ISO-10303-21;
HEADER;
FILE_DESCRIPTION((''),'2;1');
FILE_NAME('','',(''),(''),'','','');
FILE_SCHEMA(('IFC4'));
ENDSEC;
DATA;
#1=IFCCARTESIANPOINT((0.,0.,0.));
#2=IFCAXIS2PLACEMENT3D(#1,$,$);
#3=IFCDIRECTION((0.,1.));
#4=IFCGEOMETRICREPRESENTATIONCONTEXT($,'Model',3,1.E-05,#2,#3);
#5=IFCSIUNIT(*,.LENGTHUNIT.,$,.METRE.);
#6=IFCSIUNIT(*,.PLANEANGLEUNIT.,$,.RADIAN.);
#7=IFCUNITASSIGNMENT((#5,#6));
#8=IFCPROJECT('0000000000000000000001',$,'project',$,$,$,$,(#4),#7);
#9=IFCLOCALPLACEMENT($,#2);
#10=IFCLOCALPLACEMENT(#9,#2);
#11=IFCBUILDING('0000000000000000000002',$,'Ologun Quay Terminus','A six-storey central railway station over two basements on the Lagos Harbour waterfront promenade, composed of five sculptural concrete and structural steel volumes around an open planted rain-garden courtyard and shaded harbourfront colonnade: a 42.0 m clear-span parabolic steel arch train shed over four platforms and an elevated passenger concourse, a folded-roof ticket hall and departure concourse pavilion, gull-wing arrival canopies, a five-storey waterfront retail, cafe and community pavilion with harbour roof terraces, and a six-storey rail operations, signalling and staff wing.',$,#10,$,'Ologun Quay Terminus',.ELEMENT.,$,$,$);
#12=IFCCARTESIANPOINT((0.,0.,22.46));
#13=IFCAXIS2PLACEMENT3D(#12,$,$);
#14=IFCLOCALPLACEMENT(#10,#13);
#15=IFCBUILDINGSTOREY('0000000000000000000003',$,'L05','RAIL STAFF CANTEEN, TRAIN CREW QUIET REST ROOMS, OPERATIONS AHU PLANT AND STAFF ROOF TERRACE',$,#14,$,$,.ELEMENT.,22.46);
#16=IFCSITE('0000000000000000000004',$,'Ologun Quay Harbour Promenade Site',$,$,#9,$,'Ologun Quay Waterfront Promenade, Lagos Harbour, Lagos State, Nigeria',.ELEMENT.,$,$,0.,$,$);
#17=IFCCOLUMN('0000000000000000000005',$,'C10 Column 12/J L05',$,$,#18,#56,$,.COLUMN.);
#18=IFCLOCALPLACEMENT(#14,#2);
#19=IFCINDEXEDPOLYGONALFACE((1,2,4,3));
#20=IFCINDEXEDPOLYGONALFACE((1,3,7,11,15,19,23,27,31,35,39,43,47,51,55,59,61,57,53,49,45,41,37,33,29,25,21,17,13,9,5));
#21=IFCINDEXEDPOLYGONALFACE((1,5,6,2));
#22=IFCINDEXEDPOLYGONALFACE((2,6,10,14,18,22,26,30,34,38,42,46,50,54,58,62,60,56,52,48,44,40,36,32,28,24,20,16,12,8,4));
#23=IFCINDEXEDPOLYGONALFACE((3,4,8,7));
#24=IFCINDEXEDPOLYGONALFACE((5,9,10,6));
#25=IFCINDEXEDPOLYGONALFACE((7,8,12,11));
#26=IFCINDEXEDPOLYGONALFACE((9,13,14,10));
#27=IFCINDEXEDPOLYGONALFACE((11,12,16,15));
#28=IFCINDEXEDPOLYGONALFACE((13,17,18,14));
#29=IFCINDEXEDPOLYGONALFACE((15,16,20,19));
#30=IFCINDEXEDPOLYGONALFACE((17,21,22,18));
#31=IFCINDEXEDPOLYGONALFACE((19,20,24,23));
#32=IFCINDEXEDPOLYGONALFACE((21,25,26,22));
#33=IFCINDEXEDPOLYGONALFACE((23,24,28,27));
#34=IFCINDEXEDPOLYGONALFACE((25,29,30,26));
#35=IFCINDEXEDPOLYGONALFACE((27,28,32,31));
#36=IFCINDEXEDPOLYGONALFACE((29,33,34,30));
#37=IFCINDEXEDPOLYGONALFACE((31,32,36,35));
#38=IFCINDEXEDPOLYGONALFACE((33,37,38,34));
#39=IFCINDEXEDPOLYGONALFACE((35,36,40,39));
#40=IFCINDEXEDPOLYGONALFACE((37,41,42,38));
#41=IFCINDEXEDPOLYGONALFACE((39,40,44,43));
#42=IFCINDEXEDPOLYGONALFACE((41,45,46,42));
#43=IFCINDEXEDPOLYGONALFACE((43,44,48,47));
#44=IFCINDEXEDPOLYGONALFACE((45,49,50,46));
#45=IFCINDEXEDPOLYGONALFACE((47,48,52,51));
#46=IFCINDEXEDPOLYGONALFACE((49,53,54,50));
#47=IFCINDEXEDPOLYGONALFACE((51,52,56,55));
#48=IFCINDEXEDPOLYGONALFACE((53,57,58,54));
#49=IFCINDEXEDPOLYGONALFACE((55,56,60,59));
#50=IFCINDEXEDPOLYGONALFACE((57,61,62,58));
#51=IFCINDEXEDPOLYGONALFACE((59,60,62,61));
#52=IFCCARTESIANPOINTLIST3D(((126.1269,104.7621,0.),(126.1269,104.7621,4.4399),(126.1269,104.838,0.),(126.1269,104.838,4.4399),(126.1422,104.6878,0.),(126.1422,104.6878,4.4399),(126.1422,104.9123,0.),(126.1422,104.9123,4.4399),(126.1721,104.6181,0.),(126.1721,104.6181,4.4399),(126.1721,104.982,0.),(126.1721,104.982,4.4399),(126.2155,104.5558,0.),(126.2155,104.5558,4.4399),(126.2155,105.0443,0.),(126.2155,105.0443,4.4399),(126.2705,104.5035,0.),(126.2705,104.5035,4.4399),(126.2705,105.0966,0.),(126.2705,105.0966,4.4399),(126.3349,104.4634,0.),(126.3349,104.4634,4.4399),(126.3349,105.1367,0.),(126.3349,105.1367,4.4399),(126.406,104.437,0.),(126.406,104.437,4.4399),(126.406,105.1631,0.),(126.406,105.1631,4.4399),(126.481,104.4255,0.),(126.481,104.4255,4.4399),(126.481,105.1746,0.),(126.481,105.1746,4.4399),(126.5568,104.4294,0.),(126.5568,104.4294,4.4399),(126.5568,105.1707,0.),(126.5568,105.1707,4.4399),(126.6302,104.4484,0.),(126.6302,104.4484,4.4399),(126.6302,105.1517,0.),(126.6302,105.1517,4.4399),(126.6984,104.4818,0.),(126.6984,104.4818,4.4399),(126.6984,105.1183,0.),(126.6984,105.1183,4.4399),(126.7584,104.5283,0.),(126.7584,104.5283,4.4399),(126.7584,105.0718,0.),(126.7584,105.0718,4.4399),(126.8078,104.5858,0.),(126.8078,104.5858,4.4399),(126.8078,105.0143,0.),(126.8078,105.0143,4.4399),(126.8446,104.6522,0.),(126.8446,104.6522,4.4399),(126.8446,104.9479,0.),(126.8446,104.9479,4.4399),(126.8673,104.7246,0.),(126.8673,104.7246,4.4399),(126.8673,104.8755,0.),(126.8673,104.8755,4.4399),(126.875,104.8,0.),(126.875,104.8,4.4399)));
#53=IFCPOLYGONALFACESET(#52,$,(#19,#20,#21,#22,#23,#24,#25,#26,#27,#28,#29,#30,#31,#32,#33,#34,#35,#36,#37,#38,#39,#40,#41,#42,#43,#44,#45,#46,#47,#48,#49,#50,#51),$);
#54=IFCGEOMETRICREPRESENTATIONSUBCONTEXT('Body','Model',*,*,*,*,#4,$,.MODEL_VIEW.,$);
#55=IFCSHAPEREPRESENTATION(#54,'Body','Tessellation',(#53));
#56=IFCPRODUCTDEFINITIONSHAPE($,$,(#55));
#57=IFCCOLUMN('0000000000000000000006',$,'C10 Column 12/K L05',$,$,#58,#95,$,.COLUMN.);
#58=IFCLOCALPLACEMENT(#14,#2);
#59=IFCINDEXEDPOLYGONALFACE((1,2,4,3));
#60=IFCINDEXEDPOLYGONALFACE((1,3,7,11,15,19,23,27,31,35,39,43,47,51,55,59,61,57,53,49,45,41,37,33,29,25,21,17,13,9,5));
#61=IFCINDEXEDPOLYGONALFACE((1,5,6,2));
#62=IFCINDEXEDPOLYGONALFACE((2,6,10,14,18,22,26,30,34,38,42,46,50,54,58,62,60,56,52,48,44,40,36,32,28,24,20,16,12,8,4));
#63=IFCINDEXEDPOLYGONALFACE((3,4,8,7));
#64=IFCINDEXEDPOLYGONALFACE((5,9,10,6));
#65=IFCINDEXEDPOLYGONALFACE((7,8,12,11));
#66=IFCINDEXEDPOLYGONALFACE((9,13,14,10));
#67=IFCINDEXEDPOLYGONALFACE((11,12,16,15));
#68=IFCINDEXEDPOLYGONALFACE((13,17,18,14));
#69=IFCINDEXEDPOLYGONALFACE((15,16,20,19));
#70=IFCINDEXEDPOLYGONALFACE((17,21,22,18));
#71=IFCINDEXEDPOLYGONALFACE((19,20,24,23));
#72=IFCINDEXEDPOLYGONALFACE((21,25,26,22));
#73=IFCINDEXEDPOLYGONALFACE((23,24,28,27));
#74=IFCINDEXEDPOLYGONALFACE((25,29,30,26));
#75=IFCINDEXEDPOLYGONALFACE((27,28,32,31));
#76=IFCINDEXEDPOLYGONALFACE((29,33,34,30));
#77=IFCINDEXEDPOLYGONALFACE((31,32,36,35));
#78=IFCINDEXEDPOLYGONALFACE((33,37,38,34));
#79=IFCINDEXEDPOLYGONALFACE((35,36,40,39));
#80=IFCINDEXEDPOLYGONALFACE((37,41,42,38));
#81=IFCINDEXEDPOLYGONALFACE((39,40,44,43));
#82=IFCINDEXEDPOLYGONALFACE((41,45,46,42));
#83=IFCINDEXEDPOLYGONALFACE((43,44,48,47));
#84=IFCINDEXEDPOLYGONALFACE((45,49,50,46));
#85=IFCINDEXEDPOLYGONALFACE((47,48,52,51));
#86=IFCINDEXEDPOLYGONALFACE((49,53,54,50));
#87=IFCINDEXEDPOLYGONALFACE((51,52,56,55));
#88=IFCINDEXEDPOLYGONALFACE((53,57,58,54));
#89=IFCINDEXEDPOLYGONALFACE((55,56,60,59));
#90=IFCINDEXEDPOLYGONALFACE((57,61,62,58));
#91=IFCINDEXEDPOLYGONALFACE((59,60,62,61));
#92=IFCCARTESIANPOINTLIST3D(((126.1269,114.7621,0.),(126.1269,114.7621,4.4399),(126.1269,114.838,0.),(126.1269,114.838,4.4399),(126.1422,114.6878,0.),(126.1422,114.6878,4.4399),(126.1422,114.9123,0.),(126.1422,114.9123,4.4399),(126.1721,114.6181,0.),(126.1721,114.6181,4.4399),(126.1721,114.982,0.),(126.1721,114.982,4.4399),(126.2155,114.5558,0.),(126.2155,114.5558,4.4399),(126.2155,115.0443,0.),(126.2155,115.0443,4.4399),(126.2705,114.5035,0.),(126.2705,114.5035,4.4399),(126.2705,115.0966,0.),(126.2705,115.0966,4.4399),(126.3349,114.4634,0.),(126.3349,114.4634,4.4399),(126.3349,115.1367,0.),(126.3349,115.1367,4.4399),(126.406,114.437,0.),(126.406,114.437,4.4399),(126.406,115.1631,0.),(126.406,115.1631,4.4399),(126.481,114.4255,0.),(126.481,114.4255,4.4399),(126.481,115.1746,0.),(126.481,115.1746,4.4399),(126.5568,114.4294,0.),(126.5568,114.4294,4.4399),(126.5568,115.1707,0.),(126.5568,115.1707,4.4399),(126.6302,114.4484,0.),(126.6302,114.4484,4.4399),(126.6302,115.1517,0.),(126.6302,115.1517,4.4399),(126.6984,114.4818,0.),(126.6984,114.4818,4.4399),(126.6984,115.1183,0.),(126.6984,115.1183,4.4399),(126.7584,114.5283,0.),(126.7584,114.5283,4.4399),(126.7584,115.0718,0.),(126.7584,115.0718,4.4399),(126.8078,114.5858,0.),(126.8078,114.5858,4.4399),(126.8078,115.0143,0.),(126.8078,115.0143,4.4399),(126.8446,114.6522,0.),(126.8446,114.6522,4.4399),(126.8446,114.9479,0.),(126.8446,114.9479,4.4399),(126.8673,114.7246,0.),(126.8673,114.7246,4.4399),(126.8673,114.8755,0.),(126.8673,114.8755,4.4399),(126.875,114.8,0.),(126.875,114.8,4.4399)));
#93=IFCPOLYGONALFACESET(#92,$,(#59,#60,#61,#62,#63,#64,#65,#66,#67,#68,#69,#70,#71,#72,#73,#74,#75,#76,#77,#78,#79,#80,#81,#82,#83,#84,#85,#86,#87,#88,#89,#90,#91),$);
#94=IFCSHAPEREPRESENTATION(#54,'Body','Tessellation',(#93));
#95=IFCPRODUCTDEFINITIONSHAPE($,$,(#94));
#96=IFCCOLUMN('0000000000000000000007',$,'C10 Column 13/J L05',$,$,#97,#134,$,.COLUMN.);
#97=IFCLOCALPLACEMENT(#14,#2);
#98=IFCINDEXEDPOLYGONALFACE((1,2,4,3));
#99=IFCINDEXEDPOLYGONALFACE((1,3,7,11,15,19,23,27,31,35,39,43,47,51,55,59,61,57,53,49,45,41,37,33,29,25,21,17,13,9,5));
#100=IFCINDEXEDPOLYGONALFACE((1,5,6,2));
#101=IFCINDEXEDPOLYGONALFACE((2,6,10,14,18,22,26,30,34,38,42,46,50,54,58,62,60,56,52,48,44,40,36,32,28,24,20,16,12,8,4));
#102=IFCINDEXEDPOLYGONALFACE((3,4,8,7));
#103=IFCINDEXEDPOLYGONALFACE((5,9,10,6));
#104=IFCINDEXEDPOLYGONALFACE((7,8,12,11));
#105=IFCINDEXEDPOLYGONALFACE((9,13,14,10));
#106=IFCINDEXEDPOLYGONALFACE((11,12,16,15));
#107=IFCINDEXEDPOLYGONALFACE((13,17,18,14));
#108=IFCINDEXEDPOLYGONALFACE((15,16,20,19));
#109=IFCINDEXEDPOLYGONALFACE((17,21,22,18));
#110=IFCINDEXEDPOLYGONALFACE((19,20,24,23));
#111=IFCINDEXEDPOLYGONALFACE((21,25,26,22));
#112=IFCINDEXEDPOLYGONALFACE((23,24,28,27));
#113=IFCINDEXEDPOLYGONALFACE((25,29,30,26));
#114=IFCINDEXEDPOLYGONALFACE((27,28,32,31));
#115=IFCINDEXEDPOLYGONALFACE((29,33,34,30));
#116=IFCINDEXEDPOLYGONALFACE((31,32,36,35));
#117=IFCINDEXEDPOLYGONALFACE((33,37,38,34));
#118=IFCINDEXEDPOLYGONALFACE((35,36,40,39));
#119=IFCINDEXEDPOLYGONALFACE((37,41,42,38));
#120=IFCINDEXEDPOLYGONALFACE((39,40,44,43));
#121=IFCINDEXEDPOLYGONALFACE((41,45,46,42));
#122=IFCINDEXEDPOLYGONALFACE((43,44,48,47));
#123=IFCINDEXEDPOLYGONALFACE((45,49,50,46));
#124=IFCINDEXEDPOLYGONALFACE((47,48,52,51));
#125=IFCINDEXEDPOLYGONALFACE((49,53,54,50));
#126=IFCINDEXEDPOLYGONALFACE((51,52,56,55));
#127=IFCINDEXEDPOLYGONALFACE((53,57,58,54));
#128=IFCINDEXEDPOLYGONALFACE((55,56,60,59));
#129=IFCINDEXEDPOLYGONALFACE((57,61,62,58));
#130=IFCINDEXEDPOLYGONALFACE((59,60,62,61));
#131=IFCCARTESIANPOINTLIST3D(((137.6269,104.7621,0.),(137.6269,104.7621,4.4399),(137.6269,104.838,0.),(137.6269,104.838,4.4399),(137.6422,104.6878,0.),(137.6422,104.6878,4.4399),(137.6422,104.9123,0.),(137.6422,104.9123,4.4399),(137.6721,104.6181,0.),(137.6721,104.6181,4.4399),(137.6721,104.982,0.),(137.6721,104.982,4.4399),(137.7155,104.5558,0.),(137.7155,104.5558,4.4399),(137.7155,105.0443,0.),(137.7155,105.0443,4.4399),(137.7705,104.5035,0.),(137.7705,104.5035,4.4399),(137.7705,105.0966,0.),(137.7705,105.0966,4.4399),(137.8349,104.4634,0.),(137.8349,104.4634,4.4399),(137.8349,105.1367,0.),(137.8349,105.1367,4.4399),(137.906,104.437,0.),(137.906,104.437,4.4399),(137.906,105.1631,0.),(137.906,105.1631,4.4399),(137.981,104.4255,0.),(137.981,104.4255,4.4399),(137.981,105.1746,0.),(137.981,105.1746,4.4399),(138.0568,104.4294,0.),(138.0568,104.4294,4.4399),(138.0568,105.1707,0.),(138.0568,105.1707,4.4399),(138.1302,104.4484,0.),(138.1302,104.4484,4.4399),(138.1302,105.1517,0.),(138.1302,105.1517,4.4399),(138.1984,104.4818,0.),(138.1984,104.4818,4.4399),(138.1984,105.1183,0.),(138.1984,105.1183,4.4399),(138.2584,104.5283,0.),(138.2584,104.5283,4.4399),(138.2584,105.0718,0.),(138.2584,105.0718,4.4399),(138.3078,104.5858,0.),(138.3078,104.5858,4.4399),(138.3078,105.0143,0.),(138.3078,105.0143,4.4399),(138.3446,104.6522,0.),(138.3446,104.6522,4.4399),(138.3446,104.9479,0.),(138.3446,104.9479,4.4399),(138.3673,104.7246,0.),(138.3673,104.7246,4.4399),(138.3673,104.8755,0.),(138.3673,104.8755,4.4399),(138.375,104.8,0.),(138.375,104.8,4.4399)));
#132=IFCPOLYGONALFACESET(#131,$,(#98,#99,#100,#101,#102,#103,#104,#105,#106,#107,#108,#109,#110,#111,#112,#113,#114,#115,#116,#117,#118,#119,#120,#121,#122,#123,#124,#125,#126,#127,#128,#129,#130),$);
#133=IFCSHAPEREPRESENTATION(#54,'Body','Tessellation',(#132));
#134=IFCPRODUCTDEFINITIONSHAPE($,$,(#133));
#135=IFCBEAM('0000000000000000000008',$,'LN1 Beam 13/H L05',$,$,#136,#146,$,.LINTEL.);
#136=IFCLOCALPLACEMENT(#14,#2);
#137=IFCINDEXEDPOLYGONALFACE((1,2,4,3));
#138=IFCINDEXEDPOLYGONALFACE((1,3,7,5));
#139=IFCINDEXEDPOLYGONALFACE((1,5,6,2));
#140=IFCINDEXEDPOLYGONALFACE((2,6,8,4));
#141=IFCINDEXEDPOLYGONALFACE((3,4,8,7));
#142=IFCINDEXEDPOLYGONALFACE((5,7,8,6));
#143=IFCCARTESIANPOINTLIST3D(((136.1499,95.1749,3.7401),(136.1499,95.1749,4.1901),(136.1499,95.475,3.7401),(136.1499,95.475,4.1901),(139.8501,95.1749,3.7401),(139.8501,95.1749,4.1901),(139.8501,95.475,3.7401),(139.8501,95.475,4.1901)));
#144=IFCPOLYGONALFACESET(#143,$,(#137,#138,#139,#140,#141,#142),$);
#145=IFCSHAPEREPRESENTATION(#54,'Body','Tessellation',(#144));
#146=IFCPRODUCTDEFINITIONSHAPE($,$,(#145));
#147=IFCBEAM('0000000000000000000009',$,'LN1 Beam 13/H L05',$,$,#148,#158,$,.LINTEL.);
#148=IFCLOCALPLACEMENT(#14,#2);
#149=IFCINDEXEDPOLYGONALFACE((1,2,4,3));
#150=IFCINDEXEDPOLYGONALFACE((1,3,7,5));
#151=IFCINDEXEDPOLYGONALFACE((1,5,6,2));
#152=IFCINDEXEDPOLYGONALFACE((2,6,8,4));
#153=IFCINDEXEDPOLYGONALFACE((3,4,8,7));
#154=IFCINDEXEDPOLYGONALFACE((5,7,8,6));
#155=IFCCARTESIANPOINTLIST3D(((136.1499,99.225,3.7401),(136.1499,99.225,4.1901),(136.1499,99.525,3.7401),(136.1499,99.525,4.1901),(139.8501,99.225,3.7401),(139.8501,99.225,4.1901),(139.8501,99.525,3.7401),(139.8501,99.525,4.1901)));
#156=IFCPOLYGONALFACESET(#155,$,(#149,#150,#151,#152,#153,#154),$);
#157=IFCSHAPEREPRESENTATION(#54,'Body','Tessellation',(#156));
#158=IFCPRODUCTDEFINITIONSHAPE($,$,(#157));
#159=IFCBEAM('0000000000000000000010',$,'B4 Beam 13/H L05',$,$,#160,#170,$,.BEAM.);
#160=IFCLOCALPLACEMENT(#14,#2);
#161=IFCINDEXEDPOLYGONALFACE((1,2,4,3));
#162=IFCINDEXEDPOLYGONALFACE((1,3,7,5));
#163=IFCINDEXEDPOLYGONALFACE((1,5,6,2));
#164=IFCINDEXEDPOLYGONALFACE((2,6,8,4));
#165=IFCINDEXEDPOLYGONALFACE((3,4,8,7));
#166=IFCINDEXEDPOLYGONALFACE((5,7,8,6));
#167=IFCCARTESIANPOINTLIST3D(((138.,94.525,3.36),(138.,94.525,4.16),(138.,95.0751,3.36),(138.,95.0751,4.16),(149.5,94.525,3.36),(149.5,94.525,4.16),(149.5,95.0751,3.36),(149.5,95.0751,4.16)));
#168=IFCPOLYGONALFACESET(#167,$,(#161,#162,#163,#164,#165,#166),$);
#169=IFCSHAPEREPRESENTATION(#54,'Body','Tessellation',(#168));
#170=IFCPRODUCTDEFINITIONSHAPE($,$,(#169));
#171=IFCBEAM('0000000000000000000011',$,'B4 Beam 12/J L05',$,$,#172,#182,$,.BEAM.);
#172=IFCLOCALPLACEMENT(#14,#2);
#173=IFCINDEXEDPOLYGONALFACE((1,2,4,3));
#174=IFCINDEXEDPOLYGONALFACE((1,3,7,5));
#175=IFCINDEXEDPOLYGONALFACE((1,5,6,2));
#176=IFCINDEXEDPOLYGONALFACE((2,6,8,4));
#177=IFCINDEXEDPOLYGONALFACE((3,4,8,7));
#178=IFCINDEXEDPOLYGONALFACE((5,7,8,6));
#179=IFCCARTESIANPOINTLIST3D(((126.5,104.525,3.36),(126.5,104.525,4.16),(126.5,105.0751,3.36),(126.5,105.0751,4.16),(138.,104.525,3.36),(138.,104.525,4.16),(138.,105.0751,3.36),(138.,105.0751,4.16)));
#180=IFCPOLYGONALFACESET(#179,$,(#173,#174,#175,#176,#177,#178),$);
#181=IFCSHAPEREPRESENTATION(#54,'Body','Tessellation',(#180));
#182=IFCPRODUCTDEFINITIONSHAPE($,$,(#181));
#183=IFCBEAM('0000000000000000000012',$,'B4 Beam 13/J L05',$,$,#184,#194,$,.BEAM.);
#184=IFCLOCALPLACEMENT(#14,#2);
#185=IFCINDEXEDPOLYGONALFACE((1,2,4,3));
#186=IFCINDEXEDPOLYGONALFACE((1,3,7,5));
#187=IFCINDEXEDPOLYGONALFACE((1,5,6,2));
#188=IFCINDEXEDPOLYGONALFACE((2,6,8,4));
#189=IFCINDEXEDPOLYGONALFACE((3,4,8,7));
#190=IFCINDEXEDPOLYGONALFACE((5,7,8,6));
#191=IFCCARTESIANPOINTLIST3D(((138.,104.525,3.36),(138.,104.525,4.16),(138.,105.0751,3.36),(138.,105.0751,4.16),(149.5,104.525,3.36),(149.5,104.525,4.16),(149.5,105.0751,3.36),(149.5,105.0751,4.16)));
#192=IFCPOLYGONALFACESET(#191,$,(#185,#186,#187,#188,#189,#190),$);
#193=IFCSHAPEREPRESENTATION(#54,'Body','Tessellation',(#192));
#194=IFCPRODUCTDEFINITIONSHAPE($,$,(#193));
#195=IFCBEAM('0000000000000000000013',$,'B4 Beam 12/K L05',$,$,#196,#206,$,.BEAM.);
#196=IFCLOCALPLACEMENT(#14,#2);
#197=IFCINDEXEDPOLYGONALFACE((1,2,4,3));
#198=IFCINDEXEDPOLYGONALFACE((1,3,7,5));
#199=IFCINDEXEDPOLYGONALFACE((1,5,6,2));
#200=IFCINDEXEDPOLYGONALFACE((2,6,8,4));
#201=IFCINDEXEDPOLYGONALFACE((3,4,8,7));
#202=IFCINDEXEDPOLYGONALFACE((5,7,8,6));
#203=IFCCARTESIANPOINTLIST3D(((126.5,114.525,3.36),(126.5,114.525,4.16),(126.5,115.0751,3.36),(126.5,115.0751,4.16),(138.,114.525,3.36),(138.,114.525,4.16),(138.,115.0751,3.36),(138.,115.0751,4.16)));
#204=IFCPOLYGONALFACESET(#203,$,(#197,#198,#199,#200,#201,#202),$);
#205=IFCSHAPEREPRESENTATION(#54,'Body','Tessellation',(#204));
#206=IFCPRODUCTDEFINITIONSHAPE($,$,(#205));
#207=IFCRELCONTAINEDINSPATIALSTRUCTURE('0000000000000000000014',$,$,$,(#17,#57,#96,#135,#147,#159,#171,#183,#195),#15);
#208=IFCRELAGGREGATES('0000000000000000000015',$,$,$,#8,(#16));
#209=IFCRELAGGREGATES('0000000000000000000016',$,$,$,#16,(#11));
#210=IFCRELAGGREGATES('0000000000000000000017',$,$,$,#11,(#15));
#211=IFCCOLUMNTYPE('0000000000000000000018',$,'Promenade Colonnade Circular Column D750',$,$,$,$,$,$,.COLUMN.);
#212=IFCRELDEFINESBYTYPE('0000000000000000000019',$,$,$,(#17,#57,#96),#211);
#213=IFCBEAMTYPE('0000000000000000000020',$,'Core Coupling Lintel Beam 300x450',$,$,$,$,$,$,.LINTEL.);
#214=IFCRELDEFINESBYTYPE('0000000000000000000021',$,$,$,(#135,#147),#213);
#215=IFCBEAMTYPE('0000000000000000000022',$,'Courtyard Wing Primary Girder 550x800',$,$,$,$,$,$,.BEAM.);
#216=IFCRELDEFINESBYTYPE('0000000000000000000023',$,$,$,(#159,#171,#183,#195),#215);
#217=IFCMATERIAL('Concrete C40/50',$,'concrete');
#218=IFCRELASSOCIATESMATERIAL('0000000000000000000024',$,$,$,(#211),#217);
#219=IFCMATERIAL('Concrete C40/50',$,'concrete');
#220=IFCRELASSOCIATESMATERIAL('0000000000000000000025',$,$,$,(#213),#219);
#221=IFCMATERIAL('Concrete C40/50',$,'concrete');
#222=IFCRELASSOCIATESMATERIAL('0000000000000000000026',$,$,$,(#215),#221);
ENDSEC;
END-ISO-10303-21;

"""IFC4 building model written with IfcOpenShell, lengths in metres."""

from ifc_helpers import new_model, si_unit, direction, frame, origin, origin_2d, place, context, subcontext, project, spatial, rectangle, circle, extrude, material, material_profile, profile_set, type_object, element, save


model = new_model("IFC4")

# Units and contexts
model_context = context("Model", 3, precision=1e-05, world=origin(), true_north=direction((0.0, 1.0)))
body_context = subcontext(model_context, "Body", "Model", "MODEL_VIEW")
ifc_project = project(units=[si_unit("LENGTHUNIT", "METRE"), si_unit("PLANEANGLEUNIT", "RADIAN")], contexts=[model_context])

# Site, building, storey
site_placement = place(None, origin())
site = spatial("IfcSite", under=ifc_project, at=site_placement, Name="Ologun Quay Harbour Promenade Site", LongName="Ologun Quay Waterfront Promenade, Lagos Harbour, Lagos State, Nigeria", CompositionType="ELEMENT", RefElevation=0.0)
building_placement = place(site_placement, origin())
building = spatial("IfcBuilding", under=site, at=building_placement, Name="Ologun Quay Terminus", Description="A six-storey central railway station over two basements on the Lagos Harbour waterfront promenade, composed of five sculptural concrete and structural steel volumes around an open planted rain-garden courtyard and shaded harbourfront colonnade: a 42.0 m clear-span parabolic steel arch train shed over four platforms and an elevated passenger concourse, a folded-roof ticket hall and departure concourse pavilion, gull-wing arrival canopies, a five-storey waterfront retail, cafe and community pavilion with harbour roof terraces, and a six-storey rail operations, signalling and staff wing.", LongName="Ologun Quay Terminus", CompositionType="ELEMENT")
storey_placement = place(building_placement, frame((0.0, 0.0, 22.46)))
storey = spatial("IfcBuildingStorey", under=building, at=storey_placement, Name="L05", Description="RAIL STAFF CANTEEN, TRAIN CREW QUIET REST ROOMS, OPERATIONS AHU PLANT AND STAFF ROOF TERRACE", CompositionType="ELEMENT", Elevation=22.46)

# Columns
ifc_material_1 = material(Name="Concrete C40/50", Category="concrete")
ifc_material_profile_1 = material_profile(ifc_material_1, circle(Radius=0.375, at=origin_2d()), Name="RC D750")
ifc_profile_set_1 = profile_set([ifc_material_profile_1], Name="Concrete C40/50")
column_type = type_object("IfcColumnType", Name="Promenade Colonnade Circular Column D750", PredefinedType="COLUMN", material=ifc_profile_set_1)
for number, where, z_axis, x_axis, name in (
    (1, (126.5, 104.8, 0.0), (0.0, 0.0, 1.0), (1.0, 0.0, 0.0), "C10 Column 12/J L05"),
    (2, (126.5, 114.8, 0.0), (0.0, 0.0, 1.0), (1.0, 0.0, 0.0), "C10 Column 12/K L05"),
    (3, (138.0, 104.8, 0.0), (0.0, 0.0, 1.0), (1.0, 0.0, 0.0), "C10 Column 13/J L05"),
):
    element("IfcColumn", number, at=place(storey_placement, frame(where, z_axis=z_axis, x_axis=x_axis)), inside=storey, type_object=column_type, Name=name, PredefinedType="COLUMN", context=body_context, shape_type="SweptSolid", body=[
        extrude(circle(Radius=0.375, at=origin_2d()), origin(), (0.0, 0.0, 1.0), 4.4399),
    ])

# Beams
ifc_material_2 = material(Name="Concrete C40/50", Category="concrete")
ifc_material_profile_2 = material_profile(ifc_material_2, rectangle(XDim=0.3, YDim=0.45, at=origin_2d()), Name="RC 300x450")
ifc_profile_set_2 = profile_set([ifc_material_profile_2], Name="Concrete C40/50")
beam_type_1 = type_object("IfcBeamType", Name="Core Coupling Lintel Beam 300x450", PredefinedType="LINTEL", material=ifc_profile_set_2)
for number, where, z_axis, x_axis, name in (
    (4, (136.1499, 95.325, 3.9651), (1.0, 0.0, 0.0), (0.0, 1.0, 0.0), "LN1 Beam 13/H L05"),
    (5, (136.1499, 99.375, 3.9651), (1.0, 0.0, 0.0), (0.0, 1.0, 0.0), "LN1 Beam 13/H L05"),
):
    element("IfcBeam", number, at=place(storey_placement, frame(where, z_axis=z_axis, x_axis=x_axis)), inside=storey, type_object=beam_type_1, Name=name, PredefinedType="LINTEL", context=body_context, shape_type="SweptSolid", body=[
        extrude(rectangle(XDim=0.3, YDim=0.45, at=origin_2d()), origin(), (0.0, 0.0, 1.0), 3.7002),
    ])
ifc_material_3 = material(Name="Concrete C40/50", Category="concrete")
ifc_material_profile_3 = material_profile(ifc_material_3, rectangle(XDim=0.55, YDim=0.8, at=origin_2d()), Name="RC 550x800")
ifc_profile_set_3 = profile_set([ifc_material_profile_3], Name="Concrete C40/50")
beam_type_2 = type_object("IfcBeamType", Name="Courtyard Wing Primary Girder 550x800", PredefinedType="BEAM", material=ifc_profile_set_3)
for number, where, z_axis, x_axis, name in (
    (6, (138.0, 94.8, 3.76), (1.0, 0.0, 0.0), (0.0, 1.0, 0.0), "B4 Beam 13/H L05"),
    (7, (126.5, 104.8, 3.76), (1.0, 0.0, 0.0), (0.0, 1.0, 0.0), "B4 Beam 12/J L05"),
    (8, (138.0, 104.8, 3.76), (1.0, 0.0, 0.0), (0.0, 1.0, 0.0), "B4 Beam 13/J L05"),
    (9, (126.5, 114.8, 3.76), (1.0, 0.0, 0.0), (0.0, 1.0, 0.0), "B4 Beam 12/K L05"),
):
    element("IfcBeam", number, at=place(storey_placement, frame(where, z_axis=z_axis, x_axis=x_axis)), inside=storey, type_object=beam_type_2, Name=name, PredefinedType="BEAM", context=body_context, shape_type="SweptSolid", body=[
        extrude(rectangle(XDim=0.55, YDim=0.8, at=origin_2d()), origin(), (0.0, 0.0, 1.0), 11.5),
    ])

save(model, "model.ifc")
